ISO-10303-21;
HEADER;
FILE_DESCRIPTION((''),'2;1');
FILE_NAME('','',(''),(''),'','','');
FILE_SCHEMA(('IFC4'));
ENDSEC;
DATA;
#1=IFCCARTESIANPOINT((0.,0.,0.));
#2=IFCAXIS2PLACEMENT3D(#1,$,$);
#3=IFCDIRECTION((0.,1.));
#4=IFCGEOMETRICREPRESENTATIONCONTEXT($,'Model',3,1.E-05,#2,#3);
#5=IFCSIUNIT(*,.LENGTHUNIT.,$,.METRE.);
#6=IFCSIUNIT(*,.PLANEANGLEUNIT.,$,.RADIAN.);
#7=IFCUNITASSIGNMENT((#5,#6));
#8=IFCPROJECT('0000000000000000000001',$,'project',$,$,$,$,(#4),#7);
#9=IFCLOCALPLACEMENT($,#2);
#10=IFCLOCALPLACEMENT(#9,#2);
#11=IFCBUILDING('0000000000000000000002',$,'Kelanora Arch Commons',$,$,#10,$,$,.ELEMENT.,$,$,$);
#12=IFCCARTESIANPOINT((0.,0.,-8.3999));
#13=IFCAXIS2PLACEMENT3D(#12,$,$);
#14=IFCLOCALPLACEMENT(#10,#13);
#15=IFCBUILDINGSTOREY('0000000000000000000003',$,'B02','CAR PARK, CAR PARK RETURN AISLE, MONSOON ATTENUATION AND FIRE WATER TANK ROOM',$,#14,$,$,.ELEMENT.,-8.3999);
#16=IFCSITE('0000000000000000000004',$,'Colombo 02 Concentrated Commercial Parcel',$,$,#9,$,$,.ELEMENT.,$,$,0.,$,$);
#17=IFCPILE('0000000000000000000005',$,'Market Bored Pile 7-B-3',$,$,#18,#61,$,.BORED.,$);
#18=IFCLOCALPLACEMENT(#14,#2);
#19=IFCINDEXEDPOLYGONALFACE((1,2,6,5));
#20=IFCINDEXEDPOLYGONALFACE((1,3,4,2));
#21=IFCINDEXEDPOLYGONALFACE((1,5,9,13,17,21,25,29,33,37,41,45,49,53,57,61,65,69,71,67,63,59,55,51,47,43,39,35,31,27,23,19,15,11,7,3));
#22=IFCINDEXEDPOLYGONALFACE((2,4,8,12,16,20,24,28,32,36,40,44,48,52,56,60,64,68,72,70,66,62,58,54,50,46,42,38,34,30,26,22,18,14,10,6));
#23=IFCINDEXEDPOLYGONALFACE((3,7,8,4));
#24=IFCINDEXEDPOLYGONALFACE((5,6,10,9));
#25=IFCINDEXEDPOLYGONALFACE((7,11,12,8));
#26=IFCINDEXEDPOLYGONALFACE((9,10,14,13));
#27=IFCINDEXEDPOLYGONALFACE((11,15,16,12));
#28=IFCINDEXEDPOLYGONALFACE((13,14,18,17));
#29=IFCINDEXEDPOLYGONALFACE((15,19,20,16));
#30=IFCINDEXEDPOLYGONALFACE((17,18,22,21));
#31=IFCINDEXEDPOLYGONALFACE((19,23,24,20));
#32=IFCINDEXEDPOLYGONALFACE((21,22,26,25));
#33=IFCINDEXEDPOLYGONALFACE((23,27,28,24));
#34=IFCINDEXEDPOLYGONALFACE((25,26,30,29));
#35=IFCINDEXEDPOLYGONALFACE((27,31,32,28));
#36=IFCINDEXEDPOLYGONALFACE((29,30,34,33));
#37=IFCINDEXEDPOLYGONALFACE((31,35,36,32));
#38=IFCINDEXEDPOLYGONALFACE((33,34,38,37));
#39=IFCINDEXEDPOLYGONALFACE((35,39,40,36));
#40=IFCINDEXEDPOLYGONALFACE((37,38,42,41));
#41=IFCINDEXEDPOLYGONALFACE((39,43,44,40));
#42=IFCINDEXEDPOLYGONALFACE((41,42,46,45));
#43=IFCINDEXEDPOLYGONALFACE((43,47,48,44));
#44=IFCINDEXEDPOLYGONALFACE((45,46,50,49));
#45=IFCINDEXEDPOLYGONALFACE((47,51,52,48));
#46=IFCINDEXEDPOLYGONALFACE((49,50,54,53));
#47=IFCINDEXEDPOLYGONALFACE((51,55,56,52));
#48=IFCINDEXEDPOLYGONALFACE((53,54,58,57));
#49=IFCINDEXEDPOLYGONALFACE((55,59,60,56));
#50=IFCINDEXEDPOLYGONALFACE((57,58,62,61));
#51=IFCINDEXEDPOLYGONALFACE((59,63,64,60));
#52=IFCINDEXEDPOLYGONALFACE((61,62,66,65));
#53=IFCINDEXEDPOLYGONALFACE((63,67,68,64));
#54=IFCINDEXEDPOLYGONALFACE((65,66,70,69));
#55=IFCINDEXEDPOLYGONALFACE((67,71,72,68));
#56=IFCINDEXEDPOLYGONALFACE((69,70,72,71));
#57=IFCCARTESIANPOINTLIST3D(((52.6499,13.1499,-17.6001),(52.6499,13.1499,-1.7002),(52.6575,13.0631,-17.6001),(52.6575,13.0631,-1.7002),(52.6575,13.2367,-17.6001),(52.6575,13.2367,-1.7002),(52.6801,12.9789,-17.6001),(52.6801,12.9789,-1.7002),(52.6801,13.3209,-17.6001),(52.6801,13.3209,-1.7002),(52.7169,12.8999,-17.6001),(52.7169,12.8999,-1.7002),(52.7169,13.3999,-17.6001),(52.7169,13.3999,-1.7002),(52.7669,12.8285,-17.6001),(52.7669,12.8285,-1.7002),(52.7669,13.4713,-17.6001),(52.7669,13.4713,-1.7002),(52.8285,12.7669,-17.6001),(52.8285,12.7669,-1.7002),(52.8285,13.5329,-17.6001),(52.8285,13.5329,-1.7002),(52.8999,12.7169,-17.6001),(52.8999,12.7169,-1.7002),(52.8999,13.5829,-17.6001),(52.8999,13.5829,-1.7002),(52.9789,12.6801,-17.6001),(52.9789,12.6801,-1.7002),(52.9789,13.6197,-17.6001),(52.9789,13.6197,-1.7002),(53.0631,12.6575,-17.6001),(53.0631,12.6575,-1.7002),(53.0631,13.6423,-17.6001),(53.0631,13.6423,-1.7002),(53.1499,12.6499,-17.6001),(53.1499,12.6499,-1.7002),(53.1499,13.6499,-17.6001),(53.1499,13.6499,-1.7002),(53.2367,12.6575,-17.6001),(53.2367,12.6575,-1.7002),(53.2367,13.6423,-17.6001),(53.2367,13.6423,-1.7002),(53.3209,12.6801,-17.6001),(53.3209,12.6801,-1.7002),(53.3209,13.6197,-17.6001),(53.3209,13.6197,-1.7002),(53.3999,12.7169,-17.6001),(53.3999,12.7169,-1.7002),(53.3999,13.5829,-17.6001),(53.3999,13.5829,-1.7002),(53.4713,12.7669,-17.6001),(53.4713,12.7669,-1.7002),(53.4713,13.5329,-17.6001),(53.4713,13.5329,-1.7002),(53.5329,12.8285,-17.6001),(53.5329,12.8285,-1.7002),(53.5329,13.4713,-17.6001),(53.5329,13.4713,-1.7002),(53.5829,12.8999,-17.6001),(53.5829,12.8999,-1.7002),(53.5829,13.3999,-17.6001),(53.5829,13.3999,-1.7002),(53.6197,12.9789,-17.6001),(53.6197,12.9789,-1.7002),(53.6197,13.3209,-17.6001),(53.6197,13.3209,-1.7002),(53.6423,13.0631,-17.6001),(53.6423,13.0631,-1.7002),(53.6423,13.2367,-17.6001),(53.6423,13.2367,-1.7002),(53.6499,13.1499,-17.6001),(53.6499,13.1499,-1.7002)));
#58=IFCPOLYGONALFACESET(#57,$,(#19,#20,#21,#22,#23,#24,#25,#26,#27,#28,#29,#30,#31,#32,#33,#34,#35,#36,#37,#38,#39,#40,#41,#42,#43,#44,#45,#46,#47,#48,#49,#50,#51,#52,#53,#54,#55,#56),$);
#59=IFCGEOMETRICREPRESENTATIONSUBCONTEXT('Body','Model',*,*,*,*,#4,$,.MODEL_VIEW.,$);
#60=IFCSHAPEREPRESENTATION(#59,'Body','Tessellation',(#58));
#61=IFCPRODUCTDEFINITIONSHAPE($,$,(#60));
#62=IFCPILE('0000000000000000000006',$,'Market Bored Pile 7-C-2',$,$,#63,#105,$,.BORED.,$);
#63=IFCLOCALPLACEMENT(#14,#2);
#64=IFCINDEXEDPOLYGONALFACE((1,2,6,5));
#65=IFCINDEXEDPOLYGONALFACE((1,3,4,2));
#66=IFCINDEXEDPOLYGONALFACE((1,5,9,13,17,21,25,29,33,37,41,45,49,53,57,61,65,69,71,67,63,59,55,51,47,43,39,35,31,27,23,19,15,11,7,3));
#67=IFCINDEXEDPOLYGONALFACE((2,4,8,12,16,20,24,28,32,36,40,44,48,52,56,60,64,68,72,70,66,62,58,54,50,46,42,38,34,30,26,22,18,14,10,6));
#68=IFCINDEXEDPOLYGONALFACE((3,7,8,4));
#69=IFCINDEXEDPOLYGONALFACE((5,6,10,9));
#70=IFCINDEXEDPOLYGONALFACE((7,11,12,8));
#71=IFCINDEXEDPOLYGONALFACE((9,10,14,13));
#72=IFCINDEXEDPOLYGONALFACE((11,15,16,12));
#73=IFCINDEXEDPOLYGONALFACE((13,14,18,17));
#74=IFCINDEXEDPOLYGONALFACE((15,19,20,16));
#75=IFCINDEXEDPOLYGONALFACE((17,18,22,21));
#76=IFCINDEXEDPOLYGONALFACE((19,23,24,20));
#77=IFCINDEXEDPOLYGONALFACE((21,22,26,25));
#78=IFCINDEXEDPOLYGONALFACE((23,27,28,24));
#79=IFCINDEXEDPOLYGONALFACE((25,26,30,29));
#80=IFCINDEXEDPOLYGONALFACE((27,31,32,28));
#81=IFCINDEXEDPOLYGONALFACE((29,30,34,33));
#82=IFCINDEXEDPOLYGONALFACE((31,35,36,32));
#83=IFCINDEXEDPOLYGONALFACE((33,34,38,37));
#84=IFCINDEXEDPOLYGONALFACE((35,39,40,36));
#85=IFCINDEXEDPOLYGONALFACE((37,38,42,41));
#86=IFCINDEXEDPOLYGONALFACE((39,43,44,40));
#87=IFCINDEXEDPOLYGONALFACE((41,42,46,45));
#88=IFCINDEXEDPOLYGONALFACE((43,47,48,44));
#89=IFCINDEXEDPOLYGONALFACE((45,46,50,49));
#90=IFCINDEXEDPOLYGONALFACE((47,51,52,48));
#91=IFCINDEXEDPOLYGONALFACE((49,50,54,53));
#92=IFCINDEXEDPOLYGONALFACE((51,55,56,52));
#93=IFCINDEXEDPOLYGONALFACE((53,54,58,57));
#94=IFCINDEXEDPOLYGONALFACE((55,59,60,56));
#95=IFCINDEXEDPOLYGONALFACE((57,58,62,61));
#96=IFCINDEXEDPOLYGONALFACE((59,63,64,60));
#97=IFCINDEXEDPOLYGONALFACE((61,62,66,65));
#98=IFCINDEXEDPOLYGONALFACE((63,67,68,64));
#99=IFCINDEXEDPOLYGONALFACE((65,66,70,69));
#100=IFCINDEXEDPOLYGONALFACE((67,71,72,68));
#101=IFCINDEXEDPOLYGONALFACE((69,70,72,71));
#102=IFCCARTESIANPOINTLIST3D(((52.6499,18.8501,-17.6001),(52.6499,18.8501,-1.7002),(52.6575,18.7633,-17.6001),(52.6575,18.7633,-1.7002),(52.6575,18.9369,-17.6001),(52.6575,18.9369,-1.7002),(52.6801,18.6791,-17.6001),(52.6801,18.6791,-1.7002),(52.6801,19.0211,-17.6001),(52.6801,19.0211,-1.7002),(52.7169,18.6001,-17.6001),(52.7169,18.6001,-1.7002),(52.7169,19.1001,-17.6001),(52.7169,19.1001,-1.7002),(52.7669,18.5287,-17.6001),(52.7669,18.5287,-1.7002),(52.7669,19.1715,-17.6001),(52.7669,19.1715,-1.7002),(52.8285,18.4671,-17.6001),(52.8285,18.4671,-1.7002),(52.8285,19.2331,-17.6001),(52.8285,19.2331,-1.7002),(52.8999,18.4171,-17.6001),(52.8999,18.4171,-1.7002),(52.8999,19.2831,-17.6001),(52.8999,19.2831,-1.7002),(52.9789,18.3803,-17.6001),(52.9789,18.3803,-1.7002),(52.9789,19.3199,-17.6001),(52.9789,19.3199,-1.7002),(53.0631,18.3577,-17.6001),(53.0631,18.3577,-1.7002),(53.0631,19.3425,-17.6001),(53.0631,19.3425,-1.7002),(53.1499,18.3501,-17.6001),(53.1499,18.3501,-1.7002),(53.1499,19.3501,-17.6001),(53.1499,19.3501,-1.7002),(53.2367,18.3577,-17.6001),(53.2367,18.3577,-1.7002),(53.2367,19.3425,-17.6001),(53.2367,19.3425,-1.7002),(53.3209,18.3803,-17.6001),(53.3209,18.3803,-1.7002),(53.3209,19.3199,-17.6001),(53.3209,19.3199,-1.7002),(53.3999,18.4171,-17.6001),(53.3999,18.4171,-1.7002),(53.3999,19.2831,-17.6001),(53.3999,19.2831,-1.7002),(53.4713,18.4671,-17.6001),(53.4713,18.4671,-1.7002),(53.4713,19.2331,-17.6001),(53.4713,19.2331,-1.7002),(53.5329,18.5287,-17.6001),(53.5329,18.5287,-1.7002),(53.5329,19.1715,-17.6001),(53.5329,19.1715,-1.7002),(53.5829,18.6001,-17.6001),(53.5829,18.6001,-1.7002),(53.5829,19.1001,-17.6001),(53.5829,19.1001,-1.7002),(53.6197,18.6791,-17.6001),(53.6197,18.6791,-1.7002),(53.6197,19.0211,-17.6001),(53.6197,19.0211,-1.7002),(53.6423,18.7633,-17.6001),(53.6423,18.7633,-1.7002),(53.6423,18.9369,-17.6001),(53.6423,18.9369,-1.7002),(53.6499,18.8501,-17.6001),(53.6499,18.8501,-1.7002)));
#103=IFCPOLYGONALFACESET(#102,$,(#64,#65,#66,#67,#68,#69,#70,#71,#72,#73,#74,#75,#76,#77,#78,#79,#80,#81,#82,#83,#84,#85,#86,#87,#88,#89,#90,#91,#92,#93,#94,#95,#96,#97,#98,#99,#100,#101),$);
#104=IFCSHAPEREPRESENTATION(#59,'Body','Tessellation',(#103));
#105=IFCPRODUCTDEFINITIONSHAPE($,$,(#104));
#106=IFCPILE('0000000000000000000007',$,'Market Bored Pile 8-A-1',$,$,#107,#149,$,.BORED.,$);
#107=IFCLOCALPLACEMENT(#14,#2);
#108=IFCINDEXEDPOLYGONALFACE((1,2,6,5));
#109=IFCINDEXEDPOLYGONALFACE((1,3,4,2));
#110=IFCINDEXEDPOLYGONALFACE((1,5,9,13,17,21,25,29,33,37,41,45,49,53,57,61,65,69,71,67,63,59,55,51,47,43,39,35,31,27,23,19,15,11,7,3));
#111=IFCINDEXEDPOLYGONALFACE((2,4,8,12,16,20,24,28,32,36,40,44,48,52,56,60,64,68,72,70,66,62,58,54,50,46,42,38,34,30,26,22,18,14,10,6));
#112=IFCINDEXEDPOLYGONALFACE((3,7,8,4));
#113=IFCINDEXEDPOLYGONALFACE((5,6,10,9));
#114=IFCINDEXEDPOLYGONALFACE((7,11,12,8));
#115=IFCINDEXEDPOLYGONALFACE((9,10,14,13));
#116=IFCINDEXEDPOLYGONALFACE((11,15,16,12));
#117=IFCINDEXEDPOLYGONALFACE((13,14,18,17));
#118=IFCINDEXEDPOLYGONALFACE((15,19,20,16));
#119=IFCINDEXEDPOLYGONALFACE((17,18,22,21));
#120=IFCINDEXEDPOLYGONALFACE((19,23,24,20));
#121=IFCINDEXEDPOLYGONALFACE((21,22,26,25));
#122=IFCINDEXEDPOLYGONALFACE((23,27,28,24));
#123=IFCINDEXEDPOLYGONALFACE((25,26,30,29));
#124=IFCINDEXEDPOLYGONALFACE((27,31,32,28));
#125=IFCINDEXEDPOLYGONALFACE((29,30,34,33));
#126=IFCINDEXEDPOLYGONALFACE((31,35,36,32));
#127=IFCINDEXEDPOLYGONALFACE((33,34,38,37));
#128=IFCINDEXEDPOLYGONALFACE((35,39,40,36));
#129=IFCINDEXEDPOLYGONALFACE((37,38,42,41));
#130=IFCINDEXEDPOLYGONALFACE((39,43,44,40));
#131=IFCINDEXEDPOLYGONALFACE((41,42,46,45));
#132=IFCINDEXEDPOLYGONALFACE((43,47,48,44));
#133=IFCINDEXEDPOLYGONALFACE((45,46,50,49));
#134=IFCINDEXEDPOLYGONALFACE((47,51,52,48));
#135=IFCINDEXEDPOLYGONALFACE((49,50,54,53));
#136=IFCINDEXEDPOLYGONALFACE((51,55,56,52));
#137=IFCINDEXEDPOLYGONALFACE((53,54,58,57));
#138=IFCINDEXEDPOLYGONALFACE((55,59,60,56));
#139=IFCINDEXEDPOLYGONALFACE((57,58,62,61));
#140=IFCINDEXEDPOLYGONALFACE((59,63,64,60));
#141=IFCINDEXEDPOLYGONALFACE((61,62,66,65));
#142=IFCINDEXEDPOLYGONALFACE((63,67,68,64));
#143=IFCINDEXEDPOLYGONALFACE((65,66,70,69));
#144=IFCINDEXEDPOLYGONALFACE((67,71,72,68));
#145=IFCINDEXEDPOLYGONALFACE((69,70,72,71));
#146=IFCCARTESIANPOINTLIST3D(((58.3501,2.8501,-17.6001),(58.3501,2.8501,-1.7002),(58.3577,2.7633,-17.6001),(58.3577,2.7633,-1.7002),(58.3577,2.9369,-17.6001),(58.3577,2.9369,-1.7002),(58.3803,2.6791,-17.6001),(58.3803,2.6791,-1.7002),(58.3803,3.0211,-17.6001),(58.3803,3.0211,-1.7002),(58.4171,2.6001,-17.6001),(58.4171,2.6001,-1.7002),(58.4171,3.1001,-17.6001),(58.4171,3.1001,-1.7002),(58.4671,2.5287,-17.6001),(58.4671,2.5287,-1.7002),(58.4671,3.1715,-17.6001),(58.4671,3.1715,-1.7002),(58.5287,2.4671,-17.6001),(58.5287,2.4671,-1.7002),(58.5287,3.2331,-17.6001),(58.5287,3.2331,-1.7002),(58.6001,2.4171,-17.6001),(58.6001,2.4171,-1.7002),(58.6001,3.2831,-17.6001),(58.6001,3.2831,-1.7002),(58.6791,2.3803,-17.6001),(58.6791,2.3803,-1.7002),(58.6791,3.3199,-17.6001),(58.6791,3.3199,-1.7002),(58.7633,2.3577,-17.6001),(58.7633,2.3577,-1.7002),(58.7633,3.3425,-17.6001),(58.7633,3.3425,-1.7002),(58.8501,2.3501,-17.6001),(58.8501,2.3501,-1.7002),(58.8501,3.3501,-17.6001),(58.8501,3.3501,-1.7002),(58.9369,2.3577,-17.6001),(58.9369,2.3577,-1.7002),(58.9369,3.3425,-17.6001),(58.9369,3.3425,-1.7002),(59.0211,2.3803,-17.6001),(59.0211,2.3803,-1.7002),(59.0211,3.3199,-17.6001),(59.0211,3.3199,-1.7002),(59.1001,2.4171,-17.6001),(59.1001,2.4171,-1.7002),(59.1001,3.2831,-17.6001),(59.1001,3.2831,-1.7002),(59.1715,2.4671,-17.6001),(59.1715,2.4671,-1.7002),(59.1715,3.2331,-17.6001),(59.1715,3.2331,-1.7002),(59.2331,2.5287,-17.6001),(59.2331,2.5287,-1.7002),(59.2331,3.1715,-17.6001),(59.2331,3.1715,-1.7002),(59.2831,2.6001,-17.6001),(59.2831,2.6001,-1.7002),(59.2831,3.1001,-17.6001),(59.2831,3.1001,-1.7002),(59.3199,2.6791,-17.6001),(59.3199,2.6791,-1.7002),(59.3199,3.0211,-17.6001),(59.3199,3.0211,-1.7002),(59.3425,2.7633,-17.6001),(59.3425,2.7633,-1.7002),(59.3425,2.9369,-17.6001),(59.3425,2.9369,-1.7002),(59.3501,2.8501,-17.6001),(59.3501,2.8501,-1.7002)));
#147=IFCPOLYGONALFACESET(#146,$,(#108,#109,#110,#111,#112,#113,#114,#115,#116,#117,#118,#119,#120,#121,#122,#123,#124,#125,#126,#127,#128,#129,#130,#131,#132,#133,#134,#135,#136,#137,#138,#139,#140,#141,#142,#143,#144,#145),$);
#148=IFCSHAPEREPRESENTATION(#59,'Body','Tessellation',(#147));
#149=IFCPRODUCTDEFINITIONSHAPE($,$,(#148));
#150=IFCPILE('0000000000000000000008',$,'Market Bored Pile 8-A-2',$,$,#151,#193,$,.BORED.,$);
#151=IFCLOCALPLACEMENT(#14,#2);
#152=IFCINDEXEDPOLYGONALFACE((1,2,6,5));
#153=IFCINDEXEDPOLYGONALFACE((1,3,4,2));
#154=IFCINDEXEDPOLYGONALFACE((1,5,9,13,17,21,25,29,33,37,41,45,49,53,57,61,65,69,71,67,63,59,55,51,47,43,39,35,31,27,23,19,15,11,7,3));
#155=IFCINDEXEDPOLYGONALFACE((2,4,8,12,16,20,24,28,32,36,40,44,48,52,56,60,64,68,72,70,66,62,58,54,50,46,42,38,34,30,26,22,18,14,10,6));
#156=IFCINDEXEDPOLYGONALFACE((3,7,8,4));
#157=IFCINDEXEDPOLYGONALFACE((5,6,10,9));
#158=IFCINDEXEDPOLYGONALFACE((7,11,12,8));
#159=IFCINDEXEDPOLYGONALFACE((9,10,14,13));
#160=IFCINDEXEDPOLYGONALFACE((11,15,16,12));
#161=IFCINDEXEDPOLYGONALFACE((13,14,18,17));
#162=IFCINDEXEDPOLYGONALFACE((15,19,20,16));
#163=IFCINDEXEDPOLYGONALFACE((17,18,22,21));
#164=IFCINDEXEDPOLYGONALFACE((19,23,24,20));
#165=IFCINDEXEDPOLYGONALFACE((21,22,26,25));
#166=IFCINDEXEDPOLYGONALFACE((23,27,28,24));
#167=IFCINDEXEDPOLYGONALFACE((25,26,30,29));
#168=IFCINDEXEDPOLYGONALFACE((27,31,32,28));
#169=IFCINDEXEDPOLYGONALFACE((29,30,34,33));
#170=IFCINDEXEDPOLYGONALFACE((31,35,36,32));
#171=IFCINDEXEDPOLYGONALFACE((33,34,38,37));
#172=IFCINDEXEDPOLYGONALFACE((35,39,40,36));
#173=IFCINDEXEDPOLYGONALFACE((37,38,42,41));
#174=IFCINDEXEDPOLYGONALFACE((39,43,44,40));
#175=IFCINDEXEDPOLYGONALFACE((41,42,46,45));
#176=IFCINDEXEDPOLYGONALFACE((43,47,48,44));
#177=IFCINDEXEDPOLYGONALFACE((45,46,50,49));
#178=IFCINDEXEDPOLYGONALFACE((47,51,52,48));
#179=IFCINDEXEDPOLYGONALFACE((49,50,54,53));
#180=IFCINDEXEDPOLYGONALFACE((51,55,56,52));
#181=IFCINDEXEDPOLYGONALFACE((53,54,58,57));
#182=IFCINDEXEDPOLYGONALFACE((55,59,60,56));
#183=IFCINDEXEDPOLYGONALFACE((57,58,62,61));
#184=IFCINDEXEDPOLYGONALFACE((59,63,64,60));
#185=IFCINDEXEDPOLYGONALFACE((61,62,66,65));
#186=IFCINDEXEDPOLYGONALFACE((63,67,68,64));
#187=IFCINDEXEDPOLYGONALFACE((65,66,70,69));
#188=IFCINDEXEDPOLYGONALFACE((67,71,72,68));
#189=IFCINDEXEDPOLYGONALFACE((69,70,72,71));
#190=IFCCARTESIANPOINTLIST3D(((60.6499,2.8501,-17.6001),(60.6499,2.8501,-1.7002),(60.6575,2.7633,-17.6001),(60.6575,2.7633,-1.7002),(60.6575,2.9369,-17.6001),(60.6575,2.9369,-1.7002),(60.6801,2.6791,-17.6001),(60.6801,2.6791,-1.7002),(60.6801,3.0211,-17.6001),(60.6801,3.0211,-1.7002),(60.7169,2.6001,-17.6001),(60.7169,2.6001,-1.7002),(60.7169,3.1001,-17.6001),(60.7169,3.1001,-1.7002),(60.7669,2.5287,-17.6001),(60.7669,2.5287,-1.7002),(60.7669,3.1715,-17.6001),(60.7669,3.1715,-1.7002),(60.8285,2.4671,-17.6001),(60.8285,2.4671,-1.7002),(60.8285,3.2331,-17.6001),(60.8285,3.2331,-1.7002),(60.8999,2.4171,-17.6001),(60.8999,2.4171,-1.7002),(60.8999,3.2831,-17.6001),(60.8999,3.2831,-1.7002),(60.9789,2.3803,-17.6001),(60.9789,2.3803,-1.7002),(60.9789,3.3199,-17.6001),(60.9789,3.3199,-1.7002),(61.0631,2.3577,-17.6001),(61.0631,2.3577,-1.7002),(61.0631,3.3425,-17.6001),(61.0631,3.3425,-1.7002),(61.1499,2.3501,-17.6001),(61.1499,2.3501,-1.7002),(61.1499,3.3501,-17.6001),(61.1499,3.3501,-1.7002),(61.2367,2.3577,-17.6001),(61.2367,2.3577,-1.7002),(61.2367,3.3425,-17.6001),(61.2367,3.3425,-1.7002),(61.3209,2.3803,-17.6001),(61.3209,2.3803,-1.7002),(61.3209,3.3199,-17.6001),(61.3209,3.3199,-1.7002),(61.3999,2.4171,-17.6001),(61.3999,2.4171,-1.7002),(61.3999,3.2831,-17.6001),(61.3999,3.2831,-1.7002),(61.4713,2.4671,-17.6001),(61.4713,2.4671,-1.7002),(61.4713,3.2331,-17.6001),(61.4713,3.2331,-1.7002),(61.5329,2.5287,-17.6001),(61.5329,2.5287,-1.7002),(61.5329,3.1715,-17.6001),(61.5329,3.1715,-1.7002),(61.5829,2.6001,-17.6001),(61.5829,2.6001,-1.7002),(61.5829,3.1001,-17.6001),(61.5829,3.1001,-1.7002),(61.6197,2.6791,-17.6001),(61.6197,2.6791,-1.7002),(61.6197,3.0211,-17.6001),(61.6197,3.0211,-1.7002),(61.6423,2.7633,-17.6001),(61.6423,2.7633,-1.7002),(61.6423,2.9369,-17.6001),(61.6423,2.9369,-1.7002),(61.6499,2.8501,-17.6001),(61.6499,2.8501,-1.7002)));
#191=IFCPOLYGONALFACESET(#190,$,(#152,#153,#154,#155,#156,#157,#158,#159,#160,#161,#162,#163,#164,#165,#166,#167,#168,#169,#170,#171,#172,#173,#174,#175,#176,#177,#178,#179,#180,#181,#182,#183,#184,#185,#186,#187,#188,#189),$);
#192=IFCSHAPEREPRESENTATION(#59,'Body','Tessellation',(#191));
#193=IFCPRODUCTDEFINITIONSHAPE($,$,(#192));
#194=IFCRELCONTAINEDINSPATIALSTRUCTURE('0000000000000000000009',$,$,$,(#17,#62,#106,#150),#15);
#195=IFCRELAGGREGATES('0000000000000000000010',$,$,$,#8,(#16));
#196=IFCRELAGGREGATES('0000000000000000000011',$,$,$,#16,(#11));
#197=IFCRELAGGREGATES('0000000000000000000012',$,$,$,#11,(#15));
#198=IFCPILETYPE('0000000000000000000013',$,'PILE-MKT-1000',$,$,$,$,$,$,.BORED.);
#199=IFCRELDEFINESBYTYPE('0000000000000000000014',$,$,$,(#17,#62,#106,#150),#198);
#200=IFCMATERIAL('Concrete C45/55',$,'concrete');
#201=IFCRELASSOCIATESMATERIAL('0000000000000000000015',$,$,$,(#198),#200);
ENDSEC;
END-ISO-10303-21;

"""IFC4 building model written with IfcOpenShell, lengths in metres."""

from ifc_helpers import new_model, si_unit, direction, frame, origin, origin_2d, place, context, subcontext, project, spatial, circle, extrude, source, transform, mapped, material, material_profile, profile_set, type_object, element, save


model = new_model("IFC4")

# Units and contexts
model_context = context("Model", 3, precision=1e-05, world=origin(), true_north=direction((0.0, 1.0)))
body_context = subcontext(model_context, "Body", "Model", "MODEL_VIEW")
ifc_project = project(units=[si_unit("LENGTHUNIT", "METRE"), si_unit("PLANEANGLEUNIT", "RADIAN")], contexts=[model_context])

# Site, building, storey
site_placement = place(None, origin())
site = spatial("IfcSite", under=ifc_project, at=site_placement, Name="Colombo 02 Concentrated Commercial Parcel", CompositionType="ELEMENT", RefElevation=0.0)
building_placement = place(site_placement, origin())
building = spatial("IfcBuilding", under=site, at=building_placement, Name="Kelanora Arch Commons", CompositionType="ELEMENT")
storey_placement = place(building_placement, frame((0.0, 0.0, -8.3999)))
storey = spatial("IfcBuildingStorey", under=building, at=storey_placement, Name="B02", Description="CAR PARK, CAR PARK RETURN AISLE, MONSOON ATTENUATION AND FIRE WATER TANK ROOM", CompositionType="ELEMENT", Elevation=-8.3999)

# Piles
ifc_material_1 = material(Name="Concrete C45/55", Category="concrete")
ifc_material_profile_1 = material_profile(ifc_material_1, circle(Radius=0.5, at=origin_2d()), Name="PILE1000")
ifc_profile_set_1 = profile_set([ifc_material_profile_1], Name="Concrete C45/55")
pile_type = type_object("IfcPileType", Name="PILE-MKT-1000", PredefinedType="BORED", material=ifc_profile_set_1)
shared_shape_1 = source(origin(), body_context, "Body", "SweptSolid", [
    extrude(circle(Radius=0.5, at=origin_2d()), origin(), (0.0, 0.0, 1.0), 15.8999),
])
for number, where, z_axis, x_axis, name in (
    (1, (53.1499, 13.1499, -1.7002), (0.0, 0.0, -1.0), (1.0, 0.0, 0.0), "Market Bored Pile 7-B-3"),
    (2, (53.1499, 18.8501, -1.7002), (0.0, 0.0, -1.0), (1.0, 0.0, 0.0), "Market Bored Pile 7-C-2"),
    (3, (58.8501, 2.8501, -1.7002), (0.0, 0.0, -1.0), (1.0, 0.0, 0.0), "Market Bored Pile 8-A-1"),
    (4, (61.1499, 2.8501, -1.7002), (0.0, 0.0, -1.0), (1.0, 0.0, 0.0), "Market Bored Pile 8-A-2"),
):
    element("IfcPile", number, at=place(storey_placement, frame(where, z_axis=z_axis, x_axis=x_axis)), inside=storey, type_object=pile_type, Name=name, PredefinedType="BORED", context=body_context, shape_type="MappedRepresentation", body=[
        mapped(shared_shape_1, transform((0.0, 0.0, 0.0), scale=1.0)),
    ])

save(model, "model.ifc")
